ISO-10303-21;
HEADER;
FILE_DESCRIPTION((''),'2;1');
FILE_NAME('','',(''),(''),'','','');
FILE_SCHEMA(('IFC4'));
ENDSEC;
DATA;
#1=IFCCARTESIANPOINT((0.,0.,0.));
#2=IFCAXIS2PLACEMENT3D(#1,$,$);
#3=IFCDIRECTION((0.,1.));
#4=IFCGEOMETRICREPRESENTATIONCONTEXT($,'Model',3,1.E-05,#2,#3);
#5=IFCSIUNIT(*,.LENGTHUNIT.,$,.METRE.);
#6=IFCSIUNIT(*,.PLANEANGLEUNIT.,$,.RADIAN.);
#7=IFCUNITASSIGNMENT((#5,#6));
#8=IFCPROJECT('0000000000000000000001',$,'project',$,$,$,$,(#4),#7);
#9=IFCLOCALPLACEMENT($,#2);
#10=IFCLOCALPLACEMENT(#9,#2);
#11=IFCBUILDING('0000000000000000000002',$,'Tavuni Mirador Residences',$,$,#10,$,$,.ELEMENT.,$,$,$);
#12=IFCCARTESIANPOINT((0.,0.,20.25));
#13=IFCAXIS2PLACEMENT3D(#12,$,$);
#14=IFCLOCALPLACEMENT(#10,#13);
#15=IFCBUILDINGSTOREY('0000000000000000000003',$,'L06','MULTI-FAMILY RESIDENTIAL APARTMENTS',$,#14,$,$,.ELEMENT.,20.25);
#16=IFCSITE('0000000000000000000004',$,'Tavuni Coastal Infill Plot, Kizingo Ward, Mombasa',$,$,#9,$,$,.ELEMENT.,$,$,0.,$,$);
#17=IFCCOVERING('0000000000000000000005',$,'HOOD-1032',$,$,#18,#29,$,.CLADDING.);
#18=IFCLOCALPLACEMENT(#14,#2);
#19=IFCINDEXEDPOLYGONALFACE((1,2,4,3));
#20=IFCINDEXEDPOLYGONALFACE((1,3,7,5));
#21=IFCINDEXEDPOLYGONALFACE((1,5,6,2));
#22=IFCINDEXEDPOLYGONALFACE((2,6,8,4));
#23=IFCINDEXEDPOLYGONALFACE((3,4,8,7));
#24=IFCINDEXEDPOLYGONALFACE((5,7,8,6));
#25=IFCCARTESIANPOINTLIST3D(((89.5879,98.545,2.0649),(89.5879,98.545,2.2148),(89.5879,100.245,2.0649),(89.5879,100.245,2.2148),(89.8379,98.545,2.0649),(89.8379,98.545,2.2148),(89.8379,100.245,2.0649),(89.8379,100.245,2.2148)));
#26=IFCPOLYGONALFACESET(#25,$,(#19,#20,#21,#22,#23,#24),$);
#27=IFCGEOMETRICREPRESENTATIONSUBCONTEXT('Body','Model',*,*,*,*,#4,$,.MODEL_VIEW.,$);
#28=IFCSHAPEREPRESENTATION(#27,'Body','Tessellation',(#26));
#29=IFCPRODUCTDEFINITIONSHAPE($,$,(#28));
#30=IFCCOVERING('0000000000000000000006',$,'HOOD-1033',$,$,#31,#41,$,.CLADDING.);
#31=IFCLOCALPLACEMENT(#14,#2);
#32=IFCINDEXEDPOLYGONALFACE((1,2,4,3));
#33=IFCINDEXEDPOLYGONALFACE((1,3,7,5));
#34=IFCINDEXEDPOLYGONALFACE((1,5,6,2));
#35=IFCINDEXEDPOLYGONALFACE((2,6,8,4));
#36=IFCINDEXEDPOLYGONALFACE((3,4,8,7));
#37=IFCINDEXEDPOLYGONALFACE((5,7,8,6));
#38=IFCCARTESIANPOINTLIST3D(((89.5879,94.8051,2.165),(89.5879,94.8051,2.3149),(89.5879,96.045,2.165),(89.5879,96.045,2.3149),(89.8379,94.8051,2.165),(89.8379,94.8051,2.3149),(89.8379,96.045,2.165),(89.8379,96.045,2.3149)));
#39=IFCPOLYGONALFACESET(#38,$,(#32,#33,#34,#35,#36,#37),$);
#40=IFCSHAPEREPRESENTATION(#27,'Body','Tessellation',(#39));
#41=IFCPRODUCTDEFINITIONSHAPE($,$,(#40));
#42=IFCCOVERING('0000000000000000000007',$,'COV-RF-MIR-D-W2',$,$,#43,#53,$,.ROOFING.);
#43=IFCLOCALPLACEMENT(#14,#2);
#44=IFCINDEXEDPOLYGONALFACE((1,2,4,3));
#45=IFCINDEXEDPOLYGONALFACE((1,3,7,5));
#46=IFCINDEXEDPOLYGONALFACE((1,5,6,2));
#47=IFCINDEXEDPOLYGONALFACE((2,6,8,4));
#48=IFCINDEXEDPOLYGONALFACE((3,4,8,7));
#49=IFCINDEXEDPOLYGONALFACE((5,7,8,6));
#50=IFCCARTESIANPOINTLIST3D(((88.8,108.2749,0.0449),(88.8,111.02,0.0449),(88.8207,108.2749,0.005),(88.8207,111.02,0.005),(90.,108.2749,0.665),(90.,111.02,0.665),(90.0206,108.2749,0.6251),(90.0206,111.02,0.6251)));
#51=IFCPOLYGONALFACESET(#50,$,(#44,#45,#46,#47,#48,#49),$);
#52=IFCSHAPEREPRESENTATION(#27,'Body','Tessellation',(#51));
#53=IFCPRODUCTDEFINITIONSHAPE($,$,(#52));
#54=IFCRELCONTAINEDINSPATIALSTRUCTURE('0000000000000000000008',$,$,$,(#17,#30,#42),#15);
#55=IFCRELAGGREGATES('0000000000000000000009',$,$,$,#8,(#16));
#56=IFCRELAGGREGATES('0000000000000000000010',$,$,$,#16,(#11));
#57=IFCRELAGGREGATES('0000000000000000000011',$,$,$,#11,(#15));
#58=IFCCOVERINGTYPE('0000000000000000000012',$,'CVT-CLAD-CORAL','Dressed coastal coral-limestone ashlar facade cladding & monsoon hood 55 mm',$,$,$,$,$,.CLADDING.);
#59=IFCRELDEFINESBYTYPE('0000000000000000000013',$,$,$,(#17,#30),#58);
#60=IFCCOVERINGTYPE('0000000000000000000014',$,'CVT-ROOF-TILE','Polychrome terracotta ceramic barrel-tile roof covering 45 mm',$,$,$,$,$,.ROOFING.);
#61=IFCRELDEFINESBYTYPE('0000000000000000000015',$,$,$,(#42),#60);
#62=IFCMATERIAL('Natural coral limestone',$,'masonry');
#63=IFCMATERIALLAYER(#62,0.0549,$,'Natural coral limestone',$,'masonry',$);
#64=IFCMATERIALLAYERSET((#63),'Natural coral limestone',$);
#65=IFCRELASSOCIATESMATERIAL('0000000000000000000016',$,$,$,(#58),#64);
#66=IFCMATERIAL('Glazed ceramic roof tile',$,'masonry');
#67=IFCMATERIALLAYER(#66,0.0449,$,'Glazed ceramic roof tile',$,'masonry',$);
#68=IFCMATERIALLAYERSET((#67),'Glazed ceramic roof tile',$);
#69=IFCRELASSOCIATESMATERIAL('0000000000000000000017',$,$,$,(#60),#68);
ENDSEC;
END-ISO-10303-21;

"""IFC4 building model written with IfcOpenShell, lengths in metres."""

from ifc_helpers import new_model, si_unit, direction, frame, origin, origin_2d, place, context, subcontext, project, spatial, polyline, rectangle, outline, extrude, material, layer, layer_set, type_object, element, save


model = new_model("IFC4")

# Units and contexts
model_context = context("Model", 3, precision=1e-05, world=origin(), true_north=direction((0.0, 1.0)))
body_context = subcontext(model_context, "Body", "Model", "MODEL_VIEW")
ifc_project = project(units=[si_unit("LENGTHUNIT", "METRE"), si_unit("PLANEANGLEUNIT", "RADIAN")], contexts=[model_context])

# Site, building, storey
site_placement = place(None, origin())
site = spatial("IfcSite", under=ifc_project, at=site_placement, Name="Tavuni Coastal Infill Plot, Kizingo Ward, Mombasa", CompositionType="ELEMENT", RefElevation=0.0)
building_placement = place(site_placement, origin())
building = spatial("IfcBuilding", under=site, at=building_placement, Name="Tavuni Mirador Residences", CompositionType="ELEMENT")
storey_placement = place(building_placement, frame((0.0, 0.0, 20.25)))
storey = spatial("IfcBuildingStorey", under=building, at=storey_placement, Name="L06", Description="MULTI-FAMILY RESIDENTIAL APARTMENTS", CompositionType="ELEMENT", Elevation=20.25)

# Coverings
ifc_material_1 = material(Name="Natural coral limestone", Category="masonry")
ifc_layer_1 = layer(ifc_material_1, 0.0549, Name="Natural coral limestone", Category="masonry")
ifc_layer_set_1 = layer_set([ifc_layer_1], Name="Natural coral limestone")
covering_type_1 = type_object("IfcCoveringType", Name="CVT-CLAD-CORAL", Description="Dressed coastal coral-limestone ashlar facade cladding & monsoon hood 55 mm", PredefinedType="CLADDING", material=ifc_layer_set_1)
for number, where, z_axis, x_axis, name in (
    (1, (89.7129, 99.395, 2.0649), (0.0, 0.0, 1.0), (0.0, -1.0, 0.0), "HOOD-1032"),
):
    element("IfcCovering", number, at=place(storey_placement, frame(where, z_axis=z_axis, x_axis=x_axis)), inside=storey, type_object=covering_type_1, Name=name, PredefinedType="CLADDING", context=body_context, shape_type="SweptSolid", body=[
        extrude(rectangle(XDim=1.7, YDim=0.25, at=origin_2d()), origin(), (0.0, 0.0, 1.0), 0.1499),
    ])
covering_1_placement = place(storey_placement, frame((89.7129, 95.425, 2.165), z_axis=(0.0, 0.0, 1.0), x_axis=(0.0, -1.0, 0.0)))
element("IfcCovering", 2, at=covering_1_placement, inside=storey, type_object=covering_type_1, Name="HOOD-1033", PredefinedType="CLADDING", context=body_context, shape_type="SweptSolid", body=[
    extrude(rectangle(XDim=1.24, YDim=0.25, at=origin_2d()), origin(), (0.0, 0.0, 1.0), 0.1499),
])
ifc_material_2 = material(Name="Glazed ceramic roof tile", Category="masonry")
ifc_layer_2 = layer(ifc_material_2, 0.0449, Name="Glazed ceramic roof tile", Category="masonry")
ifc_layer_set_2 = layer_set([ifc_layer_2], Name="Glazed ceramic roof tile")
covering_type_2 = type_object("IfcCoveringType", Name="CVT-ROOF-TILE", Description="Polychrome terracotta ceramic barrel-tile roof covering 45 mm", PredefinedType="ROOFING", material=ifc_layer_set_2)
covering_2_placement = place(storey_placement, frame((90.0, 108.2749, 0.665), z_axis=(-0.459103, 0.0, 0.888383), x_axis=(0.0, 1.0, 0.0)))
element("IfcCovering", 3, at=covering_2_placement, inside=storey, type_object=covering_type_2, Name="COV-RF-MIR-D-W2", PredefinedType="ROOFING", context=body_context, shape_type="SweptSolid", body=[
    extrude(outline(polyline([(0.0, 0.0), (2.7451, 0.0), (2.7451, 1.3507), (0.0, 1.3507), (0.0, 0.0)])), origin(), (0.0, 0.0, -1.0), 0.0449),
])

save(model, "model.ifc")
